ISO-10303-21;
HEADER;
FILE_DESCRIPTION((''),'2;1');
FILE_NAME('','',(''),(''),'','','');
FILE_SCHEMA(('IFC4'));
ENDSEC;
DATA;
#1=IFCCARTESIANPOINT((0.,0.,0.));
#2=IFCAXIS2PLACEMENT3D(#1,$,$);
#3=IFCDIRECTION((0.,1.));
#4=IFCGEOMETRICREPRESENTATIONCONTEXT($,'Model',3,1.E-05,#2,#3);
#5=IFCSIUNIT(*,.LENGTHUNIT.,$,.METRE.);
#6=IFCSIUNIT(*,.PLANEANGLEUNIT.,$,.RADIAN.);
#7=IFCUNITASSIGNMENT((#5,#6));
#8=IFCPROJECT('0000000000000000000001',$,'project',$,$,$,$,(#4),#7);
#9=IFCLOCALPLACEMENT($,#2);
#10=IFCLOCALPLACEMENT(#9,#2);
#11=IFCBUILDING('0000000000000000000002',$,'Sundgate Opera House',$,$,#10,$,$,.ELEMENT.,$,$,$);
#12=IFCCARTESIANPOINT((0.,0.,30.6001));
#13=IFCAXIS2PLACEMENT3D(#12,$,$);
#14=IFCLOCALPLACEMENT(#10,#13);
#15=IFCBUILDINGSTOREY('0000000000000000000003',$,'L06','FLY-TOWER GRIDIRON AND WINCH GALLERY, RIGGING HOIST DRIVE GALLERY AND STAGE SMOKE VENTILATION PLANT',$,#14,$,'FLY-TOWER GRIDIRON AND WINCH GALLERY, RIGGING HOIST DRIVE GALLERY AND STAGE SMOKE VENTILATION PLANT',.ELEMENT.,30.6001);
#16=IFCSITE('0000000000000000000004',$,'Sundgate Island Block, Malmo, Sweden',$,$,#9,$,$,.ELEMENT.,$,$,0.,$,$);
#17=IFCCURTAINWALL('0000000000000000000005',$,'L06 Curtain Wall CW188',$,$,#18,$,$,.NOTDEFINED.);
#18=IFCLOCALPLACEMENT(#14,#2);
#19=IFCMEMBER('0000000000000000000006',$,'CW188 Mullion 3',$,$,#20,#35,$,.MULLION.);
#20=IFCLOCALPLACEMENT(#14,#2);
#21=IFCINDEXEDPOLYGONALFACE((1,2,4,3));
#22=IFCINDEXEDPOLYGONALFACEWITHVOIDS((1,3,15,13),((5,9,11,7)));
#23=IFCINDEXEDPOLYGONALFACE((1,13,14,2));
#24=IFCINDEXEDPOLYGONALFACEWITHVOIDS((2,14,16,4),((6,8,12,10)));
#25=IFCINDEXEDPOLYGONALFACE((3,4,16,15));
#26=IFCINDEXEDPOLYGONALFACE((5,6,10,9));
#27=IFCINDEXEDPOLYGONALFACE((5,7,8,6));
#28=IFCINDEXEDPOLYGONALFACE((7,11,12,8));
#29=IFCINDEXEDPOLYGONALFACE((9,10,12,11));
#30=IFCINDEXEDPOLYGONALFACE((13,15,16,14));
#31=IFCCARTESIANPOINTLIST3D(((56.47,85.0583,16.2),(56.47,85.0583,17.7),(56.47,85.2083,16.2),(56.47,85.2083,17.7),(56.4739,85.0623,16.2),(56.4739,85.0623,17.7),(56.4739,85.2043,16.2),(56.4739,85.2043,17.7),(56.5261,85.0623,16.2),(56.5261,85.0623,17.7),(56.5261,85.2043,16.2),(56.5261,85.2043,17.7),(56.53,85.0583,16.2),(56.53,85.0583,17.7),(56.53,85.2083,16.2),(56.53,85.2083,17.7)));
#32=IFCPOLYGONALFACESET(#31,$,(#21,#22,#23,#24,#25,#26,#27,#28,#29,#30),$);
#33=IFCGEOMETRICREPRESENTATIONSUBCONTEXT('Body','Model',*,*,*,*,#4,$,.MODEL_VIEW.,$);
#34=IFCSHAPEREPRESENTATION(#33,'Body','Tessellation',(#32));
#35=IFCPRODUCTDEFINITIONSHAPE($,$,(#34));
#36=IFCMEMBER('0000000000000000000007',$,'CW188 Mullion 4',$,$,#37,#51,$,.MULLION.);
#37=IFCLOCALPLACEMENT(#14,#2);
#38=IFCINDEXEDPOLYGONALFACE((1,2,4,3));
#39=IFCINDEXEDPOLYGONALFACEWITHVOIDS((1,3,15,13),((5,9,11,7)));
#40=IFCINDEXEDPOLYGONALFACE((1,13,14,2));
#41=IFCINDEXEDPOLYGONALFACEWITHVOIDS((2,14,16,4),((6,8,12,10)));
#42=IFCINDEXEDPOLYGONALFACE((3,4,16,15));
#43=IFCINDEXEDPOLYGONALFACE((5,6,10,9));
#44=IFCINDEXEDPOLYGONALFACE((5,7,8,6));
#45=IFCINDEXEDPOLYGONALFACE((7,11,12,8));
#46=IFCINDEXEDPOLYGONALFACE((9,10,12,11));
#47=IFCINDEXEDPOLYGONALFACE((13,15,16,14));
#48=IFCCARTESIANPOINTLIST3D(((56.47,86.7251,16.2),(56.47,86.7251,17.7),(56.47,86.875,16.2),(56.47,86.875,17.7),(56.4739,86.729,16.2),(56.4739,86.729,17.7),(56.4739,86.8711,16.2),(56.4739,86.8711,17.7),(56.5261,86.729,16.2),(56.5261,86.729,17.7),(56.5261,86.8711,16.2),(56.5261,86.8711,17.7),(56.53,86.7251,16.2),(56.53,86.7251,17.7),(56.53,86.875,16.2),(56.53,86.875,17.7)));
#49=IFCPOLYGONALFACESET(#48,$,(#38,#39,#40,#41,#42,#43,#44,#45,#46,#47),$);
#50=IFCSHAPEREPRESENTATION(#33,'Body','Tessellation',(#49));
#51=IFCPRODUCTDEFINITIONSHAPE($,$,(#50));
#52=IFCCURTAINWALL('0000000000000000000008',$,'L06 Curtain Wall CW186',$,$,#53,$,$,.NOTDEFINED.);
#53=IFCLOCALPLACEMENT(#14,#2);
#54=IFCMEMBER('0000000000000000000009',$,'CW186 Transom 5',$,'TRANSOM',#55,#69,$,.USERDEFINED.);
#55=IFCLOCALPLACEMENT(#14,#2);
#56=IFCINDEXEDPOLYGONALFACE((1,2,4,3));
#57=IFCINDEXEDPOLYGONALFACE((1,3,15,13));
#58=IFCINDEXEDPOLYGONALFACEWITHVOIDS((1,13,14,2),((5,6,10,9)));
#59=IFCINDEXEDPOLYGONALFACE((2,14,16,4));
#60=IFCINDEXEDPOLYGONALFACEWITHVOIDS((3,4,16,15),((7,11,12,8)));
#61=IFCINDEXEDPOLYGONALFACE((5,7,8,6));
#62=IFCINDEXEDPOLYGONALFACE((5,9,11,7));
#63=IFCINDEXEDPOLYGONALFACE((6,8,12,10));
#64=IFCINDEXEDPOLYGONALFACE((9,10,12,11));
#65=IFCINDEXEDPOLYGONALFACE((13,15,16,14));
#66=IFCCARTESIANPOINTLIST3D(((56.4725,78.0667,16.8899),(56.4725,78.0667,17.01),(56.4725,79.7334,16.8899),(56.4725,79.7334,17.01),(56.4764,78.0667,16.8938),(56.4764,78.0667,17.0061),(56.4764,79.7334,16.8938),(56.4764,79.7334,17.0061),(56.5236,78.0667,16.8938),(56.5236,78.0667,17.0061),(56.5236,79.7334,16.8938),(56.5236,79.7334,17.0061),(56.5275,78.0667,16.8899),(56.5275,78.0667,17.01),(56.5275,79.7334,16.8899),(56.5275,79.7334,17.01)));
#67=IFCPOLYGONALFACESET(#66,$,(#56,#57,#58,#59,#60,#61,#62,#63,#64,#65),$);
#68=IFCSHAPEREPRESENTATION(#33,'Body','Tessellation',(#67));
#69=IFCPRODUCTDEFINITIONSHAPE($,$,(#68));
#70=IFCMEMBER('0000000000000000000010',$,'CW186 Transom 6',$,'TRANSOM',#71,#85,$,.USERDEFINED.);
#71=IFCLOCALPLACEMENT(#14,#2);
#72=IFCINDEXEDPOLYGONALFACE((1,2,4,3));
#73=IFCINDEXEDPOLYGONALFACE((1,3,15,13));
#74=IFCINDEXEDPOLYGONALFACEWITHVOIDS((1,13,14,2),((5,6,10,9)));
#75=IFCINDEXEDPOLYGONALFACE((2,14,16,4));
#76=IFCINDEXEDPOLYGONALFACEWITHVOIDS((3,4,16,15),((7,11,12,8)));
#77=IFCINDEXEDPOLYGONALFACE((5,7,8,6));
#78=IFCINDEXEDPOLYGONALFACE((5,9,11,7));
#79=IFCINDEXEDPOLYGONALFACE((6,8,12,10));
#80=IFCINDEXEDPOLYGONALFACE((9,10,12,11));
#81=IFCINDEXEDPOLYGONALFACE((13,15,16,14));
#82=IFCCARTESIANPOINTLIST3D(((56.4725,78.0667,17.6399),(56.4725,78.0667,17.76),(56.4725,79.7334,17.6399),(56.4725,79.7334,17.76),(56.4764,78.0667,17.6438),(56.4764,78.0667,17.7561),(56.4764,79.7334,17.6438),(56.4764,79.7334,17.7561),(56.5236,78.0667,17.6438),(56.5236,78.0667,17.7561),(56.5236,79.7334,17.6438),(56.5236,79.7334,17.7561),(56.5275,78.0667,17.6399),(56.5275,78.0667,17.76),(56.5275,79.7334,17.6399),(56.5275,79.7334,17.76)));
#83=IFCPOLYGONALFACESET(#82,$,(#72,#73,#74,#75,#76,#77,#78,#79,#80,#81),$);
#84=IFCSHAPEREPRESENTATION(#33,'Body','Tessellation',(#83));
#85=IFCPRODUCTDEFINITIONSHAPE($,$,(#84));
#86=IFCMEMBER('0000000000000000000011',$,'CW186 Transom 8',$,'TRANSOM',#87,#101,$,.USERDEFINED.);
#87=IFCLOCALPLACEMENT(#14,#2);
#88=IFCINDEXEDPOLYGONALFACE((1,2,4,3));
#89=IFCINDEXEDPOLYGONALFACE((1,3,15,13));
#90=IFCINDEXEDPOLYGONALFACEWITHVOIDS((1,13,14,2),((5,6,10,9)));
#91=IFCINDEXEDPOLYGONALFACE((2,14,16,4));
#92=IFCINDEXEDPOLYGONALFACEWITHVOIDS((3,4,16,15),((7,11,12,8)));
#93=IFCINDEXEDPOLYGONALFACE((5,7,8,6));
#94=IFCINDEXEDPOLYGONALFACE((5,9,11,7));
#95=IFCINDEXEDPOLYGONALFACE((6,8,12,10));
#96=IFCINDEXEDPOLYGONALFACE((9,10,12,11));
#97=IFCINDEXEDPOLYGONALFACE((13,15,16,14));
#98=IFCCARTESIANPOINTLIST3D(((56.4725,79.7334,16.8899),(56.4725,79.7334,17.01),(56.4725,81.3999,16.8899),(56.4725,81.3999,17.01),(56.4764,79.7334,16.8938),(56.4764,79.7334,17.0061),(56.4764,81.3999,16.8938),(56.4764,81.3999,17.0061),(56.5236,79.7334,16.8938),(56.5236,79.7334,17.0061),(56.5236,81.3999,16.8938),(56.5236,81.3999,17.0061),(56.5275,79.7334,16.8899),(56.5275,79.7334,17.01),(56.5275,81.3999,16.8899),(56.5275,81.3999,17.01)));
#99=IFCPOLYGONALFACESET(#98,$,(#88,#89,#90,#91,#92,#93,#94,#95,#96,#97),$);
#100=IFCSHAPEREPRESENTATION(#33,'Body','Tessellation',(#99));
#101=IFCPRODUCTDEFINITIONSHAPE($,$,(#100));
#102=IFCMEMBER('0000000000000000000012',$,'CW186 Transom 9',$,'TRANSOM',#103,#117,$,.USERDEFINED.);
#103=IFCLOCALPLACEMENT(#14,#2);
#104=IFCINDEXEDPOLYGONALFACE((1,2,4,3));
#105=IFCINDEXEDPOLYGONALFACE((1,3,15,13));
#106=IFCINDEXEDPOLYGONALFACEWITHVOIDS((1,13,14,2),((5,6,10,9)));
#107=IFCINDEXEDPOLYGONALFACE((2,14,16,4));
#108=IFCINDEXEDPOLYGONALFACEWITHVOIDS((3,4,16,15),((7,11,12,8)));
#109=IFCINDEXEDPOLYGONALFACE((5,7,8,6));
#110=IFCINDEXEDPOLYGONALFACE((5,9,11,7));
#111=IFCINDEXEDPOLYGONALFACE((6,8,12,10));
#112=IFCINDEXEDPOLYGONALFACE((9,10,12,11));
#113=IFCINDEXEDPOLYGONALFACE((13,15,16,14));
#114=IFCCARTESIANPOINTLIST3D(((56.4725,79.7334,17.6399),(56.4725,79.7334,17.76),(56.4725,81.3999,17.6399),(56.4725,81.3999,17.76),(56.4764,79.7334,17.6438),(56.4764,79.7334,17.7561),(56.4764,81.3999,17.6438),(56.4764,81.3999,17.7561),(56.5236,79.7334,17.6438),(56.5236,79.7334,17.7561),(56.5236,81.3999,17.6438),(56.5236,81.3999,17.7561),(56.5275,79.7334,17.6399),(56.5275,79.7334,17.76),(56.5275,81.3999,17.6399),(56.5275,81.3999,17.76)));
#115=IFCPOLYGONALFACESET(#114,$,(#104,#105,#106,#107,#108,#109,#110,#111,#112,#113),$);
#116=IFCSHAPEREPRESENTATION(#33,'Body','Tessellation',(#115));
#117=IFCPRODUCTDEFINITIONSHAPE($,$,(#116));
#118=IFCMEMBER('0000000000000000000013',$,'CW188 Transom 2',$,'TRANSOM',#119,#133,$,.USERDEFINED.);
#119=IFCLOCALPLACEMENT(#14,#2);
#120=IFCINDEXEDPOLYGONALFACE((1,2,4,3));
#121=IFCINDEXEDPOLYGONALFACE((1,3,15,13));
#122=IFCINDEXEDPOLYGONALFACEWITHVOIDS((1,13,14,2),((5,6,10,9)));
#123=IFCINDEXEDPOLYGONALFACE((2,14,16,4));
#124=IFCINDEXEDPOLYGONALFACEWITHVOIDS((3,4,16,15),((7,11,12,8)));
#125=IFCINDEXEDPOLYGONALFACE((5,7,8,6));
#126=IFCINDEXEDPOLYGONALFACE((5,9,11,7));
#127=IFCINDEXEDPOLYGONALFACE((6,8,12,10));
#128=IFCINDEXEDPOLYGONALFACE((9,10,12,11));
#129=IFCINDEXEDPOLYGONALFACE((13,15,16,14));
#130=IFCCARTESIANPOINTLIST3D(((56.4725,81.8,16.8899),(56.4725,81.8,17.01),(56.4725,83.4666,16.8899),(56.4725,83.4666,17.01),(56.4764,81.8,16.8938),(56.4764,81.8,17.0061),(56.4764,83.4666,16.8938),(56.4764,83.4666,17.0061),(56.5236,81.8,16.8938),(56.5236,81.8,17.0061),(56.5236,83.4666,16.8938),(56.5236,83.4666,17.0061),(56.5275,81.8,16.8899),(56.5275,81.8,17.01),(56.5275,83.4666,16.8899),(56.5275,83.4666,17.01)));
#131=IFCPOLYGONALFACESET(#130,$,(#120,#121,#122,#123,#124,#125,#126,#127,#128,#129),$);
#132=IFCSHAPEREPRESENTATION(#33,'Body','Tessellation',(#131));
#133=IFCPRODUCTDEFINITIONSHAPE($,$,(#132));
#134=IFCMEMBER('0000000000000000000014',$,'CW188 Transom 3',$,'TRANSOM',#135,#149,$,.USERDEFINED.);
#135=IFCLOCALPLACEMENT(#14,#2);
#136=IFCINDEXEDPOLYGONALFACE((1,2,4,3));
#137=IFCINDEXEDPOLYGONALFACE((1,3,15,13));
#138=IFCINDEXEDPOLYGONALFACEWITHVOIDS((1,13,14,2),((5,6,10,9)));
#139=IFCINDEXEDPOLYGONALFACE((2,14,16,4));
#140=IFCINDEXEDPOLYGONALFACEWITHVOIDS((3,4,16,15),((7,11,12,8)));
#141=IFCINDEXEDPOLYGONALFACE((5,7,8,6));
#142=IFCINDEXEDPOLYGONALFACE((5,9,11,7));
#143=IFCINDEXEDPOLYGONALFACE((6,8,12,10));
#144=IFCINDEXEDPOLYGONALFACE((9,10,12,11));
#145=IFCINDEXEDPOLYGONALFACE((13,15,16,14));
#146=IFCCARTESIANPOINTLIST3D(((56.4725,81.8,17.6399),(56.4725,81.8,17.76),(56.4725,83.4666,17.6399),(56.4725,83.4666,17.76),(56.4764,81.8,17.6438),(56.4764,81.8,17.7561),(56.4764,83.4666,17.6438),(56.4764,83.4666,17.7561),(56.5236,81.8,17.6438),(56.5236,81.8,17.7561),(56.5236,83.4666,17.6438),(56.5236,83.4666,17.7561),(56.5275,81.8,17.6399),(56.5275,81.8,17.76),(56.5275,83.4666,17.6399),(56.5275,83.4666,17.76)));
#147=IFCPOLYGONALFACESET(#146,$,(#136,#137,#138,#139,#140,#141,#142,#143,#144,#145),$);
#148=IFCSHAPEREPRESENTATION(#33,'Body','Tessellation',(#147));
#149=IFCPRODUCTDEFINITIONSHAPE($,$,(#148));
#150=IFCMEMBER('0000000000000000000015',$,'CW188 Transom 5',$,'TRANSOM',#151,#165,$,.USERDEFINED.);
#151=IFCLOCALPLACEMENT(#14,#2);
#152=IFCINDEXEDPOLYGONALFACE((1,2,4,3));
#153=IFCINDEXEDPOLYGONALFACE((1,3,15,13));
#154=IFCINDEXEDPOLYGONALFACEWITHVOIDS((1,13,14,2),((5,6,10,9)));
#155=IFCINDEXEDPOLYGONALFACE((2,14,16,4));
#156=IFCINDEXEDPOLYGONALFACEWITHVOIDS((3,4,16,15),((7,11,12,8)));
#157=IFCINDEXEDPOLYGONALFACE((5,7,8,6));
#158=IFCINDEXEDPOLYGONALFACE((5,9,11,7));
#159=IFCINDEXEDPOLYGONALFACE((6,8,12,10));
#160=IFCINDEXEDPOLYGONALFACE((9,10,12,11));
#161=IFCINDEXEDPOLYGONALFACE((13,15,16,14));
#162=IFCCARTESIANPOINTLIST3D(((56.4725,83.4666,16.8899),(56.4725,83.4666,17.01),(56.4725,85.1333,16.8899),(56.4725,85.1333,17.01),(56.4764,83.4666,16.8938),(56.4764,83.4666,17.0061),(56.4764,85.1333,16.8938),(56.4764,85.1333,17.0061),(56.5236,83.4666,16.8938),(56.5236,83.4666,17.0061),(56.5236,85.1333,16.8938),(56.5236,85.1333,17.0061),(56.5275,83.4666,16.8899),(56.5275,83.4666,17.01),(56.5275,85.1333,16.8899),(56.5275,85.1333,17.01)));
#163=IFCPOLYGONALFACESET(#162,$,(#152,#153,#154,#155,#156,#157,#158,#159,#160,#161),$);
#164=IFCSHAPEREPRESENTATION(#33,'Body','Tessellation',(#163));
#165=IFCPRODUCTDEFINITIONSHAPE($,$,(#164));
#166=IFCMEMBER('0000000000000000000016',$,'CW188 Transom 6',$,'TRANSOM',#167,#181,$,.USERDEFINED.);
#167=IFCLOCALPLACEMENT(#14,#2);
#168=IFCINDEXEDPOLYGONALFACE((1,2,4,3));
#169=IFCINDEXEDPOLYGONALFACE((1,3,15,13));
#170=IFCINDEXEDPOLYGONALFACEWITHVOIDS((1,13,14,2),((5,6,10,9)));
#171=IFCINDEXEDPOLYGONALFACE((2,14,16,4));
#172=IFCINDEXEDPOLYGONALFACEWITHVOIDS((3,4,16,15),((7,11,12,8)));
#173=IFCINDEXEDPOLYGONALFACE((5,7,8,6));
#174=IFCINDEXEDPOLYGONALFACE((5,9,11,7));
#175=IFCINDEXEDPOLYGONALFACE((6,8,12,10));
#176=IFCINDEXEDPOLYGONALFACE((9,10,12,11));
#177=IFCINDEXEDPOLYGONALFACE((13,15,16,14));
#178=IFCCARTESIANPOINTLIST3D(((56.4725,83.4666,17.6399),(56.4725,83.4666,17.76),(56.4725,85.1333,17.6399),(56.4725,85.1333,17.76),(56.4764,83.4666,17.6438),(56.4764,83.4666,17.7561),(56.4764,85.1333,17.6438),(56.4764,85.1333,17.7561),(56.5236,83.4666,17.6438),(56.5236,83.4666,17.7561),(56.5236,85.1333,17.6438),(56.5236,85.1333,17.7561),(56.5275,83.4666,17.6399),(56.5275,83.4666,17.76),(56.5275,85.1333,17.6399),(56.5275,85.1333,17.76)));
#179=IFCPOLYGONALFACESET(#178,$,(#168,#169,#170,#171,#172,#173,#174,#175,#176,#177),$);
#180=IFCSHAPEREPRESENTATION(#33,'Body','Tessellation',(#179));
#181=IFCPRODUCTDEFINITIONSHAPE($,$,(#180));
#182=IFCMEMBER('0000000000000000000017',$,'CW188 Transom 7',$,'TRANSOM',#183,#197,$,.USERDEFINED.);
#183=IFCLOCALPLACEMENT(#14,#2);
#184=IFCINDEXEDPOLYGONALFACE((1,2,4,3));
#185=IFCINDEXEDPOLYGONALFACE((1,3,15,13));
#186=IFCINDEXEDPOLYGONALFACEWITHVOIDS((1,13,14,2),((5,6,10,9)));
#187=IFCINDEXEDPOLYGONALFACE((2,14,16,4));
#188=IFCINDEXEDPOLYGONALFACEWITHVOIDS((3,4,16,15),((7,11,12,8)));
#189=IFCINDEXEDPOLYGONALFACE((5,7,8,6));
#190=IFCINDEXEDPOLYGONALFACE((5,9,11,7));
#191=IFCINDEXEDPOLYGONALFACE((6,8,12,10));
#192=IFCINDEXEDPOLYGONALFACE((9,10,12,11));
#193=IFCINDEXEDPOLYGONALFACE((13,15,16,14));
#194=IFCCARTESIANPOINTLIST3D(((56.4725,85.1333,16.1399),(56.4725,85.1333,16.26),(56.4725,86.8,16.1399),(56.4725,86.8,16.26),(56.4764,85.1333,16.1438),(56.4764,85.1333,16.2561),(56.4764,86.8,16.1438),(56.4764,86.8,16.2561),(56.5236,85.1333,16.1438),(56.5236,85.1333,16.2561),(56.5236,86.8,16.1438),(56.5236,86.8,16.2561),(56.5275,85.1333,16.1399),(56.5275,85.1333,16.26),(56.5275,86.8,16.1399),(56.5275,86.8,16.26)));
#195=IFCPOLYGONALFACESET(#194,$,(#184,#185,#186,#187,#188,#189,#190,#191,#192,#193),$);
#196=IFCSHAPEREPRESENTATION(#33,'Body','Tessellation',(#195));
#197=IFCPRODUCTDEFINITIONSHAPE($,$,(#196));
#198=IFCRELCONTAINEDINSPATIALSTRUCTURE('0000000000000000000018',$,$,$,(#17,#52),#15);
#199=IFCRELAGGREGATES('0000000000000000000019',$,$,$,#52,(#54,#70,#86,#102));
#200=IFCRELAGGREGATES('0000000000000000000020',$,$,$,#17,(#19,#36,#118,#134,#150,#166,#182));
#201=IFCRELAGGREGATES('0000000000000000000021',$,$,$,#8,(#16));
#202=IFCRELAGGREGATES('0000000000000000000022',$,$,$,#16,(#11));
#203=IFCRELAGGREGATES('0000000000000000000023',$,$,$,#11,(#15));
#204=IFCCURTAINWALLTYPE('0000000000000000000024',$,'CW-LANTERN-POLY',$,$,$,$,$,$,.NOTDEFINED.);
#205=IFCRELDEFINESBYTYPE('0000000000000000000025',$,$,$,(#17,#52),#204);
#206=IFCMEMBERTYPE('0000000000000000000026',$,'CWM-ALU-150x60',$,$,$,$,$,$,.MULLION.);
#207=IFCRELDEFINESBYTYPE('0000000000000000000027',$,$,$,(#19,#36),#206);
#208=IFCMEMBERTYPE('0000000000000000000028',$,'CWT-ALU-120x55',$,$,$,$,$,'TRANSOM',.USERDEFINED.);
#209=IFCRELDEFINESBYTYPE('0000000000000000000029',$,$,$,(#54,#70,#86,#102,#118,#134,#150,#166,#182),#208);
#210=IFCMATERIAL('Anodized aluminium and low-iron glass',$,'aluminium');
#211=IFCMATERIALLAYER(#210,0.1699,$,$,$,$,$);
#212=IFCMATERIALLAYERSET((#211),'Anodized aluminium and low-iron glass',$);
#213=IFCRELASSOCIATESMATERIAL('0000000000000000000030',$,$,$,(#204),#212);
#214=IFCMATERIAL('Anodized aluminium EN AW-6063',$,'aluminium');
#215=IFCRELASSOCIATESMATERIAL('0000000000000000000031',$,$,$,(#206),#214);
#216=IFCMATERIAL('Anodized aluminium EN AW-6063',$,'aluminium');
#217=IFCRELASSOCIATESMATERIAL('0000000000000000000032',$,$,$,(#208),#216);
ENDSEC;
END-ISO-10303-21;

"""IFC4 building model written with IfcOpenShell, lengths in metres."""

from ifc_helpers import new_model, si_unit, direction, frame, origin, origin_2d, place, context, subcontext, project, spatial, hollow_rectangle, extrude, material, layer, layer_set, material_profile, profile_set, type_object, element, aggregate, save


model = new_model("IFC4")

# Units and contexts
model_context = context("Model", 3, precision=1e-05, world=origin(), true_north=direction((0.0, 1.0)))
body_context = subcontext(model_context, "Body", "Model", "MODEL_VIEW")
ifc_project = project(units=[si_unit("LENGTHUNIT", "METRE"), si_unit("PLANEANGLEUNIT", "RADIAN")], contexts=[model_context])

# Site, building, storey
site_placement = place(None, origin())
site = spatial("IfcSite", under=ifc_project, at=site_placement, Name="Sundgate Island Block, Malmo, Sweden", CompositionType="ELEMENT", RefElevation=0.0)
building_placement = place(site_placement, origin())
building = spatial("IfcBuilding", under=site, at=building_placement, Name="Sundgate Opera House", CompositionType="ELEMENT")
storey_placement = place(building_placement, frame((0.0, 0.0, 30.6001)))
storey = spatial("IfcBuildingStorey", under=building, at=storey_placement, Name="L06", Description="FLY-TOWER GRIDIRON AND WINCH GALLERY, RIGGING HOIST DRIVE GALLERY AND STAGE SMOKE VENTILATION PLANT", LongName="FLY-TOWER GRIDIRON AND WINCH GALLERY, RIGGING HOIST DRIVE GALLERY AND STAGE SMOKE VENTILATION PLANT", CompositionType="ELEMENT", Elevation=30.6001)

# Curtain walls, members
ifc_material_1 = material(Name="Anodized aluminium and low-iron glass", Category="aluminium")
ifc_layer_1 = layer(ifc_material_1, 0.1699)
ifc_layer_set_1 = layer_set([ifc_layer_1], Name="Anodized aluminium and low-iron glass")
curtain_wall_type = type_object("IfcCurtainWallType", Name="CW-LANTERN-POLY", PredefinedType="NOTDEFINED", material=ifc_layer_set_1)
curtain_wall_1_placement = place(storey_placement, origin())
curtain_wall_1 = element("IfcCurtainWall", 1, at=curtain_wall_1_placement, inside=storey, type_object=curtain_wall_type, Name="L06 Curtain Wall CW188", PredefinedType="NOTDEFINED")
ifc_material_2 = material(Name="Anodized aluminium EN AW-6063", Category="aluminium")
ifc_material_profile_1 = material_profile(ifc_material_2, hollow_rectangle(XDim=0.0601, YDim=0.1499, WallThickness=0.0039, at=origin_2d()), Name="CWM 150x60x4")
ifc_profile_set_1 = profile_set([ifc_material_profile_1], Name="Anodized aluminium EN AW-6063")
member_type_1 = type_object("IfcMemberType", Name="CWM-ALU-150x60", PredefinedType="MULLION", material=ifc_profile_set_1)
member_1_placement = place(storey_placement, frame((56.5, 85.1333, 16.2), z_axis=(0.0, 0.0, 1.0), x_axis=(1.0, 0.0, 0.0)))
member_1 = element("IfcMember", 2, at=member_1_placement, type_object=member_type_1, Name="CW188 Mullion 3", PredefinedType="MULLION", context=body_context, shape_type="SweptSolid", body=[
    extrude(hollow_rectangle(XDim=0.0601, YDim=0.1499, WallThickness=0.0039, at=origin_2d()), origin(), (0.0, 0.0, 1.0), 1.5),
])
member_2_placement = place(storey_placement, frame((56.5, 86.8, 16.2), z_axis=(0.0, 0.0, 1.0), x_axis=(1.0, 0.0, 0.0)))
member_2 = element("IfcMember", 3, at=member_2_placement, type_object=member_type_1, Name="CW188 Mullion 4", PredefinedType="MULLION", context=body_context, shape_type="SweptSolid", body=[
    extrude(hollow_rectangle(XDim=0.0601, YDim=0.1499, WallThickness=0.0039, at=origin_2d()), origin(), (0.0, 0.0, 1.0), 1.5),
])
curtain_wall_2_placement = place(storey_placement, origin())
curtain_wall_2 = element("IfcCurtainWall", 4, at=curtain_wall_2_placement, inside=storey, type_object=curtain_wall_type, Name="L06 Curtain Wall CW186", PredefinedType="NOTDEFINED")
ifc_material_3 = material(Name="Anodized aluminium EN AW-6063", Category="aluminium")
ifc_material_profile_2 = material_profile(ifc_material_3, hollow_rectangle(XDim=0.0549, YDim=0.1201, WallThickness=0.0039, at=origin_2d()), Name="CWT 120x55x4")
ifc_profile_set_2 = profile_set([ifc_material_profile_2], Name="Anodized aluminium EN AW-6063")
member_type_2 = type_object("IfcMemberType", Name="CWT-ALU-120x55", ElementType="TRANSOM", PredefinedType="USERDEFINED", material=ifc_profile_set_2)
member_3_placement = place(storey_placement, frame((56.5, 78.0667, 16.95), z_axis=(0.0, 1.0, 0.0), x_axis=(-1.0, 0.0, 0.0)))
member_3 = element("IfcMember", 5, at=member_3_placement, type_object=member_type_2, Name="CW186 Transom 5", ObjectType="TRANSOM", PredefinedType="USERDEFINED", context=body_context, shape_type="SweptSolid", body=[
    extrude(hollow_rectangle(XDim=0.0549, YDim=0.1201, WallThickness=0.0039, at=origin_2d()), origin(), (0.0, 0.0, 1.0), 1.6667),
])
member_4_placement = place(storey_placement, frame((56.5, 78.0667, 17.7), z_axis=(0.0, 1.0, 0.0), x_axis=(-1.0, 0.0, 0.0)))
member_4 = element("IfcMember", 6, at=member_4_placement, type_object=member_type_2, Name="CW186 Transom 6", ObjectType="TRANSOM", PredefinedType="USERDEFINED", context=body_context, shape_type="SweptSolid", body=[
    extrude(hollow_rectangle(XDim=0.0549, YDim=0.1201, WallThickness=0.0039, at=origin_2d()), origin(), (0.0, 0.0, 1.0), 1.6667),
])
member_5_placement = place(storey_placement, frame((56.5, 79.7334, 16.95), z_axis=(0.0, 1.0, 0.0), x_axis=(-1.0, 0.0, 0.0)))
member_5 = element("IfcMember", 7, at=member_5_placement, type_object=member_type_2, Name="CW186 Transom 8", ObjectType="TRANSOM", PredefinedType="USERDEFINED", context=body_context, shape_type="SweptSolid", body=[
    extrude(hollow_rectangle(XDim=0.0549, YDim=0.1201, WallThickness=0.0039, at=origin_2d()), origin(), (0.0, 0.0, 1.0), 1.6665),
])
member_6_placement = place(storey_placement, frame((56.5, 79.7334, 17.7), z_axis=(0.0, 1.0, 0.0), x_axis=(-1.0, 0.0, 0.0)))
member_6 = element("IfcMember", 8, at=member_6_placement, type_object=member_type_2, Name="CW186 Transom 9", ObjectType="TRANSOM", PredefinedType="USERDEFINED", context=body_context, shape_type="SweptSolid", body=[
    extrude(hollow_rectangle(XDim=0.0549, YDim=0.1201, WallThickness=0.0039, at=origin_2d()), origin(), (0.0, 0.0, 1.0), 1.6665),
])

# Members
member_7_placement = place(storey_placement, frame((56.5, 81.8, 16.95), z_axis=(0.0, 1.0, 0.0), x_axis=(-1.0, 0.0, 0.0)))
member_7 = element("IfcMember", 9, at=member_7_placement, type_object=member_type_2, Name="CW188 Transom 2", ObjectType="TRANSOM", PredefinedType="USERDEFINED", context=body_context, shape_type="SweptSolid", body=[
    extrude(hollow_rectangle(XDim=0.0549, YDim=0.1201, WallThickness=0.0039, at=origin_2d()), origin(), (0.0, 0.0, 1.0), 1.6665),
])
member_8_placement = place(storey_placement, frame((56.5, 81.8, 17.7), z_axis=(0.0, 1.0, 0.0), x_axis=(-1.0, 0.0, 0.0)))
member_8 = element("IfcMember", 10, at=member_8_placement, type_object=member_type_2, Name="CW188 Transom 3", ObjectType="TRANSOM", PredefinedType="USERDEFINED", context=body_context, shape_type="SweptSolid", body=[
    extrude(hollow_rectangle(XDim=0.0549, YDim=0.1201, WallThickness=0.0039, at=origin_2d()), origin(), (0.0, 0.0, 1.0), 1.6665),
])
member_9_placement = place(storey_placement, frame((56.5, 83.4666, 16.95), z_axis=(0.0, 1.0, 0.0), x_axis=(-1.0, 0.0, 0.0)))
member_9 = element("IfcMember", 11, at=member_9_placement, type_object=member_type_2, Name="CW188 Transom 5", ObjectType="TRANSOM", PredefinedType="USERDEFINED", context=body_context, shape_type="SweptSolid", body=[
    extrude(hollow_rectangle(XDim=0.0549, YDim=0.1201, WallThickness=0.0039, at=origin_2d()), origin(), (0.0, 0.0, 1.0), 1.6667),
])
member_10_placement = place(storey_placement, frame((56.5, 83.4666, 17.7), z_axis=(0.0, 1.0, 0.0), x_axis=(-1.0, 0.0, 0.0)))
member_10 = element("IfcMember", 12, at=member_10_placement, type_object=member_type_2, Name="CW188 Transom 6", ObjectType="TRANSOM", PredefinedType="USERDEFINED", context=body_context, shape_type="SweptSolid", body=[
    extrude(hollow_rectangle(XDim=0.0549, YDim=0.1201, WallThickness=0.0039, at=origin_2d()), origin(), (0.0, 0.0, 1.0), 1.6667),
])
member_11_placement = place(storey_placement, frame((56.5, 85.1333, 16.2), z_axis=(0.0, 1.0, 0.0), x_axis=(-1.0, 0.0, 0.0)))
member_11 = element("IfcMember", 13, at=member_11_placement, type_object=member_type_2, Name="CW188 Transom 7", ObjectType="TRANSOM", PredefinedType="USERDEFINED", context=body_context, shape_type="SweptSolid", body=[
    extrude(hollow_rectangle(XDim=0.0549, YDim=0.1201, WallThickness=0.0039, at=origin_2d()), origin(), (0.0, 0.0, 1.0), 1.6667),
])

aggregate(curtain_wall_2, [member_3, member_4, member_5, member_6])
aggregate(curtain_wall_1, [member_1, member_2, member_7, member_8, member_9, member_10, member_11])

save(model, "model.ifc")
